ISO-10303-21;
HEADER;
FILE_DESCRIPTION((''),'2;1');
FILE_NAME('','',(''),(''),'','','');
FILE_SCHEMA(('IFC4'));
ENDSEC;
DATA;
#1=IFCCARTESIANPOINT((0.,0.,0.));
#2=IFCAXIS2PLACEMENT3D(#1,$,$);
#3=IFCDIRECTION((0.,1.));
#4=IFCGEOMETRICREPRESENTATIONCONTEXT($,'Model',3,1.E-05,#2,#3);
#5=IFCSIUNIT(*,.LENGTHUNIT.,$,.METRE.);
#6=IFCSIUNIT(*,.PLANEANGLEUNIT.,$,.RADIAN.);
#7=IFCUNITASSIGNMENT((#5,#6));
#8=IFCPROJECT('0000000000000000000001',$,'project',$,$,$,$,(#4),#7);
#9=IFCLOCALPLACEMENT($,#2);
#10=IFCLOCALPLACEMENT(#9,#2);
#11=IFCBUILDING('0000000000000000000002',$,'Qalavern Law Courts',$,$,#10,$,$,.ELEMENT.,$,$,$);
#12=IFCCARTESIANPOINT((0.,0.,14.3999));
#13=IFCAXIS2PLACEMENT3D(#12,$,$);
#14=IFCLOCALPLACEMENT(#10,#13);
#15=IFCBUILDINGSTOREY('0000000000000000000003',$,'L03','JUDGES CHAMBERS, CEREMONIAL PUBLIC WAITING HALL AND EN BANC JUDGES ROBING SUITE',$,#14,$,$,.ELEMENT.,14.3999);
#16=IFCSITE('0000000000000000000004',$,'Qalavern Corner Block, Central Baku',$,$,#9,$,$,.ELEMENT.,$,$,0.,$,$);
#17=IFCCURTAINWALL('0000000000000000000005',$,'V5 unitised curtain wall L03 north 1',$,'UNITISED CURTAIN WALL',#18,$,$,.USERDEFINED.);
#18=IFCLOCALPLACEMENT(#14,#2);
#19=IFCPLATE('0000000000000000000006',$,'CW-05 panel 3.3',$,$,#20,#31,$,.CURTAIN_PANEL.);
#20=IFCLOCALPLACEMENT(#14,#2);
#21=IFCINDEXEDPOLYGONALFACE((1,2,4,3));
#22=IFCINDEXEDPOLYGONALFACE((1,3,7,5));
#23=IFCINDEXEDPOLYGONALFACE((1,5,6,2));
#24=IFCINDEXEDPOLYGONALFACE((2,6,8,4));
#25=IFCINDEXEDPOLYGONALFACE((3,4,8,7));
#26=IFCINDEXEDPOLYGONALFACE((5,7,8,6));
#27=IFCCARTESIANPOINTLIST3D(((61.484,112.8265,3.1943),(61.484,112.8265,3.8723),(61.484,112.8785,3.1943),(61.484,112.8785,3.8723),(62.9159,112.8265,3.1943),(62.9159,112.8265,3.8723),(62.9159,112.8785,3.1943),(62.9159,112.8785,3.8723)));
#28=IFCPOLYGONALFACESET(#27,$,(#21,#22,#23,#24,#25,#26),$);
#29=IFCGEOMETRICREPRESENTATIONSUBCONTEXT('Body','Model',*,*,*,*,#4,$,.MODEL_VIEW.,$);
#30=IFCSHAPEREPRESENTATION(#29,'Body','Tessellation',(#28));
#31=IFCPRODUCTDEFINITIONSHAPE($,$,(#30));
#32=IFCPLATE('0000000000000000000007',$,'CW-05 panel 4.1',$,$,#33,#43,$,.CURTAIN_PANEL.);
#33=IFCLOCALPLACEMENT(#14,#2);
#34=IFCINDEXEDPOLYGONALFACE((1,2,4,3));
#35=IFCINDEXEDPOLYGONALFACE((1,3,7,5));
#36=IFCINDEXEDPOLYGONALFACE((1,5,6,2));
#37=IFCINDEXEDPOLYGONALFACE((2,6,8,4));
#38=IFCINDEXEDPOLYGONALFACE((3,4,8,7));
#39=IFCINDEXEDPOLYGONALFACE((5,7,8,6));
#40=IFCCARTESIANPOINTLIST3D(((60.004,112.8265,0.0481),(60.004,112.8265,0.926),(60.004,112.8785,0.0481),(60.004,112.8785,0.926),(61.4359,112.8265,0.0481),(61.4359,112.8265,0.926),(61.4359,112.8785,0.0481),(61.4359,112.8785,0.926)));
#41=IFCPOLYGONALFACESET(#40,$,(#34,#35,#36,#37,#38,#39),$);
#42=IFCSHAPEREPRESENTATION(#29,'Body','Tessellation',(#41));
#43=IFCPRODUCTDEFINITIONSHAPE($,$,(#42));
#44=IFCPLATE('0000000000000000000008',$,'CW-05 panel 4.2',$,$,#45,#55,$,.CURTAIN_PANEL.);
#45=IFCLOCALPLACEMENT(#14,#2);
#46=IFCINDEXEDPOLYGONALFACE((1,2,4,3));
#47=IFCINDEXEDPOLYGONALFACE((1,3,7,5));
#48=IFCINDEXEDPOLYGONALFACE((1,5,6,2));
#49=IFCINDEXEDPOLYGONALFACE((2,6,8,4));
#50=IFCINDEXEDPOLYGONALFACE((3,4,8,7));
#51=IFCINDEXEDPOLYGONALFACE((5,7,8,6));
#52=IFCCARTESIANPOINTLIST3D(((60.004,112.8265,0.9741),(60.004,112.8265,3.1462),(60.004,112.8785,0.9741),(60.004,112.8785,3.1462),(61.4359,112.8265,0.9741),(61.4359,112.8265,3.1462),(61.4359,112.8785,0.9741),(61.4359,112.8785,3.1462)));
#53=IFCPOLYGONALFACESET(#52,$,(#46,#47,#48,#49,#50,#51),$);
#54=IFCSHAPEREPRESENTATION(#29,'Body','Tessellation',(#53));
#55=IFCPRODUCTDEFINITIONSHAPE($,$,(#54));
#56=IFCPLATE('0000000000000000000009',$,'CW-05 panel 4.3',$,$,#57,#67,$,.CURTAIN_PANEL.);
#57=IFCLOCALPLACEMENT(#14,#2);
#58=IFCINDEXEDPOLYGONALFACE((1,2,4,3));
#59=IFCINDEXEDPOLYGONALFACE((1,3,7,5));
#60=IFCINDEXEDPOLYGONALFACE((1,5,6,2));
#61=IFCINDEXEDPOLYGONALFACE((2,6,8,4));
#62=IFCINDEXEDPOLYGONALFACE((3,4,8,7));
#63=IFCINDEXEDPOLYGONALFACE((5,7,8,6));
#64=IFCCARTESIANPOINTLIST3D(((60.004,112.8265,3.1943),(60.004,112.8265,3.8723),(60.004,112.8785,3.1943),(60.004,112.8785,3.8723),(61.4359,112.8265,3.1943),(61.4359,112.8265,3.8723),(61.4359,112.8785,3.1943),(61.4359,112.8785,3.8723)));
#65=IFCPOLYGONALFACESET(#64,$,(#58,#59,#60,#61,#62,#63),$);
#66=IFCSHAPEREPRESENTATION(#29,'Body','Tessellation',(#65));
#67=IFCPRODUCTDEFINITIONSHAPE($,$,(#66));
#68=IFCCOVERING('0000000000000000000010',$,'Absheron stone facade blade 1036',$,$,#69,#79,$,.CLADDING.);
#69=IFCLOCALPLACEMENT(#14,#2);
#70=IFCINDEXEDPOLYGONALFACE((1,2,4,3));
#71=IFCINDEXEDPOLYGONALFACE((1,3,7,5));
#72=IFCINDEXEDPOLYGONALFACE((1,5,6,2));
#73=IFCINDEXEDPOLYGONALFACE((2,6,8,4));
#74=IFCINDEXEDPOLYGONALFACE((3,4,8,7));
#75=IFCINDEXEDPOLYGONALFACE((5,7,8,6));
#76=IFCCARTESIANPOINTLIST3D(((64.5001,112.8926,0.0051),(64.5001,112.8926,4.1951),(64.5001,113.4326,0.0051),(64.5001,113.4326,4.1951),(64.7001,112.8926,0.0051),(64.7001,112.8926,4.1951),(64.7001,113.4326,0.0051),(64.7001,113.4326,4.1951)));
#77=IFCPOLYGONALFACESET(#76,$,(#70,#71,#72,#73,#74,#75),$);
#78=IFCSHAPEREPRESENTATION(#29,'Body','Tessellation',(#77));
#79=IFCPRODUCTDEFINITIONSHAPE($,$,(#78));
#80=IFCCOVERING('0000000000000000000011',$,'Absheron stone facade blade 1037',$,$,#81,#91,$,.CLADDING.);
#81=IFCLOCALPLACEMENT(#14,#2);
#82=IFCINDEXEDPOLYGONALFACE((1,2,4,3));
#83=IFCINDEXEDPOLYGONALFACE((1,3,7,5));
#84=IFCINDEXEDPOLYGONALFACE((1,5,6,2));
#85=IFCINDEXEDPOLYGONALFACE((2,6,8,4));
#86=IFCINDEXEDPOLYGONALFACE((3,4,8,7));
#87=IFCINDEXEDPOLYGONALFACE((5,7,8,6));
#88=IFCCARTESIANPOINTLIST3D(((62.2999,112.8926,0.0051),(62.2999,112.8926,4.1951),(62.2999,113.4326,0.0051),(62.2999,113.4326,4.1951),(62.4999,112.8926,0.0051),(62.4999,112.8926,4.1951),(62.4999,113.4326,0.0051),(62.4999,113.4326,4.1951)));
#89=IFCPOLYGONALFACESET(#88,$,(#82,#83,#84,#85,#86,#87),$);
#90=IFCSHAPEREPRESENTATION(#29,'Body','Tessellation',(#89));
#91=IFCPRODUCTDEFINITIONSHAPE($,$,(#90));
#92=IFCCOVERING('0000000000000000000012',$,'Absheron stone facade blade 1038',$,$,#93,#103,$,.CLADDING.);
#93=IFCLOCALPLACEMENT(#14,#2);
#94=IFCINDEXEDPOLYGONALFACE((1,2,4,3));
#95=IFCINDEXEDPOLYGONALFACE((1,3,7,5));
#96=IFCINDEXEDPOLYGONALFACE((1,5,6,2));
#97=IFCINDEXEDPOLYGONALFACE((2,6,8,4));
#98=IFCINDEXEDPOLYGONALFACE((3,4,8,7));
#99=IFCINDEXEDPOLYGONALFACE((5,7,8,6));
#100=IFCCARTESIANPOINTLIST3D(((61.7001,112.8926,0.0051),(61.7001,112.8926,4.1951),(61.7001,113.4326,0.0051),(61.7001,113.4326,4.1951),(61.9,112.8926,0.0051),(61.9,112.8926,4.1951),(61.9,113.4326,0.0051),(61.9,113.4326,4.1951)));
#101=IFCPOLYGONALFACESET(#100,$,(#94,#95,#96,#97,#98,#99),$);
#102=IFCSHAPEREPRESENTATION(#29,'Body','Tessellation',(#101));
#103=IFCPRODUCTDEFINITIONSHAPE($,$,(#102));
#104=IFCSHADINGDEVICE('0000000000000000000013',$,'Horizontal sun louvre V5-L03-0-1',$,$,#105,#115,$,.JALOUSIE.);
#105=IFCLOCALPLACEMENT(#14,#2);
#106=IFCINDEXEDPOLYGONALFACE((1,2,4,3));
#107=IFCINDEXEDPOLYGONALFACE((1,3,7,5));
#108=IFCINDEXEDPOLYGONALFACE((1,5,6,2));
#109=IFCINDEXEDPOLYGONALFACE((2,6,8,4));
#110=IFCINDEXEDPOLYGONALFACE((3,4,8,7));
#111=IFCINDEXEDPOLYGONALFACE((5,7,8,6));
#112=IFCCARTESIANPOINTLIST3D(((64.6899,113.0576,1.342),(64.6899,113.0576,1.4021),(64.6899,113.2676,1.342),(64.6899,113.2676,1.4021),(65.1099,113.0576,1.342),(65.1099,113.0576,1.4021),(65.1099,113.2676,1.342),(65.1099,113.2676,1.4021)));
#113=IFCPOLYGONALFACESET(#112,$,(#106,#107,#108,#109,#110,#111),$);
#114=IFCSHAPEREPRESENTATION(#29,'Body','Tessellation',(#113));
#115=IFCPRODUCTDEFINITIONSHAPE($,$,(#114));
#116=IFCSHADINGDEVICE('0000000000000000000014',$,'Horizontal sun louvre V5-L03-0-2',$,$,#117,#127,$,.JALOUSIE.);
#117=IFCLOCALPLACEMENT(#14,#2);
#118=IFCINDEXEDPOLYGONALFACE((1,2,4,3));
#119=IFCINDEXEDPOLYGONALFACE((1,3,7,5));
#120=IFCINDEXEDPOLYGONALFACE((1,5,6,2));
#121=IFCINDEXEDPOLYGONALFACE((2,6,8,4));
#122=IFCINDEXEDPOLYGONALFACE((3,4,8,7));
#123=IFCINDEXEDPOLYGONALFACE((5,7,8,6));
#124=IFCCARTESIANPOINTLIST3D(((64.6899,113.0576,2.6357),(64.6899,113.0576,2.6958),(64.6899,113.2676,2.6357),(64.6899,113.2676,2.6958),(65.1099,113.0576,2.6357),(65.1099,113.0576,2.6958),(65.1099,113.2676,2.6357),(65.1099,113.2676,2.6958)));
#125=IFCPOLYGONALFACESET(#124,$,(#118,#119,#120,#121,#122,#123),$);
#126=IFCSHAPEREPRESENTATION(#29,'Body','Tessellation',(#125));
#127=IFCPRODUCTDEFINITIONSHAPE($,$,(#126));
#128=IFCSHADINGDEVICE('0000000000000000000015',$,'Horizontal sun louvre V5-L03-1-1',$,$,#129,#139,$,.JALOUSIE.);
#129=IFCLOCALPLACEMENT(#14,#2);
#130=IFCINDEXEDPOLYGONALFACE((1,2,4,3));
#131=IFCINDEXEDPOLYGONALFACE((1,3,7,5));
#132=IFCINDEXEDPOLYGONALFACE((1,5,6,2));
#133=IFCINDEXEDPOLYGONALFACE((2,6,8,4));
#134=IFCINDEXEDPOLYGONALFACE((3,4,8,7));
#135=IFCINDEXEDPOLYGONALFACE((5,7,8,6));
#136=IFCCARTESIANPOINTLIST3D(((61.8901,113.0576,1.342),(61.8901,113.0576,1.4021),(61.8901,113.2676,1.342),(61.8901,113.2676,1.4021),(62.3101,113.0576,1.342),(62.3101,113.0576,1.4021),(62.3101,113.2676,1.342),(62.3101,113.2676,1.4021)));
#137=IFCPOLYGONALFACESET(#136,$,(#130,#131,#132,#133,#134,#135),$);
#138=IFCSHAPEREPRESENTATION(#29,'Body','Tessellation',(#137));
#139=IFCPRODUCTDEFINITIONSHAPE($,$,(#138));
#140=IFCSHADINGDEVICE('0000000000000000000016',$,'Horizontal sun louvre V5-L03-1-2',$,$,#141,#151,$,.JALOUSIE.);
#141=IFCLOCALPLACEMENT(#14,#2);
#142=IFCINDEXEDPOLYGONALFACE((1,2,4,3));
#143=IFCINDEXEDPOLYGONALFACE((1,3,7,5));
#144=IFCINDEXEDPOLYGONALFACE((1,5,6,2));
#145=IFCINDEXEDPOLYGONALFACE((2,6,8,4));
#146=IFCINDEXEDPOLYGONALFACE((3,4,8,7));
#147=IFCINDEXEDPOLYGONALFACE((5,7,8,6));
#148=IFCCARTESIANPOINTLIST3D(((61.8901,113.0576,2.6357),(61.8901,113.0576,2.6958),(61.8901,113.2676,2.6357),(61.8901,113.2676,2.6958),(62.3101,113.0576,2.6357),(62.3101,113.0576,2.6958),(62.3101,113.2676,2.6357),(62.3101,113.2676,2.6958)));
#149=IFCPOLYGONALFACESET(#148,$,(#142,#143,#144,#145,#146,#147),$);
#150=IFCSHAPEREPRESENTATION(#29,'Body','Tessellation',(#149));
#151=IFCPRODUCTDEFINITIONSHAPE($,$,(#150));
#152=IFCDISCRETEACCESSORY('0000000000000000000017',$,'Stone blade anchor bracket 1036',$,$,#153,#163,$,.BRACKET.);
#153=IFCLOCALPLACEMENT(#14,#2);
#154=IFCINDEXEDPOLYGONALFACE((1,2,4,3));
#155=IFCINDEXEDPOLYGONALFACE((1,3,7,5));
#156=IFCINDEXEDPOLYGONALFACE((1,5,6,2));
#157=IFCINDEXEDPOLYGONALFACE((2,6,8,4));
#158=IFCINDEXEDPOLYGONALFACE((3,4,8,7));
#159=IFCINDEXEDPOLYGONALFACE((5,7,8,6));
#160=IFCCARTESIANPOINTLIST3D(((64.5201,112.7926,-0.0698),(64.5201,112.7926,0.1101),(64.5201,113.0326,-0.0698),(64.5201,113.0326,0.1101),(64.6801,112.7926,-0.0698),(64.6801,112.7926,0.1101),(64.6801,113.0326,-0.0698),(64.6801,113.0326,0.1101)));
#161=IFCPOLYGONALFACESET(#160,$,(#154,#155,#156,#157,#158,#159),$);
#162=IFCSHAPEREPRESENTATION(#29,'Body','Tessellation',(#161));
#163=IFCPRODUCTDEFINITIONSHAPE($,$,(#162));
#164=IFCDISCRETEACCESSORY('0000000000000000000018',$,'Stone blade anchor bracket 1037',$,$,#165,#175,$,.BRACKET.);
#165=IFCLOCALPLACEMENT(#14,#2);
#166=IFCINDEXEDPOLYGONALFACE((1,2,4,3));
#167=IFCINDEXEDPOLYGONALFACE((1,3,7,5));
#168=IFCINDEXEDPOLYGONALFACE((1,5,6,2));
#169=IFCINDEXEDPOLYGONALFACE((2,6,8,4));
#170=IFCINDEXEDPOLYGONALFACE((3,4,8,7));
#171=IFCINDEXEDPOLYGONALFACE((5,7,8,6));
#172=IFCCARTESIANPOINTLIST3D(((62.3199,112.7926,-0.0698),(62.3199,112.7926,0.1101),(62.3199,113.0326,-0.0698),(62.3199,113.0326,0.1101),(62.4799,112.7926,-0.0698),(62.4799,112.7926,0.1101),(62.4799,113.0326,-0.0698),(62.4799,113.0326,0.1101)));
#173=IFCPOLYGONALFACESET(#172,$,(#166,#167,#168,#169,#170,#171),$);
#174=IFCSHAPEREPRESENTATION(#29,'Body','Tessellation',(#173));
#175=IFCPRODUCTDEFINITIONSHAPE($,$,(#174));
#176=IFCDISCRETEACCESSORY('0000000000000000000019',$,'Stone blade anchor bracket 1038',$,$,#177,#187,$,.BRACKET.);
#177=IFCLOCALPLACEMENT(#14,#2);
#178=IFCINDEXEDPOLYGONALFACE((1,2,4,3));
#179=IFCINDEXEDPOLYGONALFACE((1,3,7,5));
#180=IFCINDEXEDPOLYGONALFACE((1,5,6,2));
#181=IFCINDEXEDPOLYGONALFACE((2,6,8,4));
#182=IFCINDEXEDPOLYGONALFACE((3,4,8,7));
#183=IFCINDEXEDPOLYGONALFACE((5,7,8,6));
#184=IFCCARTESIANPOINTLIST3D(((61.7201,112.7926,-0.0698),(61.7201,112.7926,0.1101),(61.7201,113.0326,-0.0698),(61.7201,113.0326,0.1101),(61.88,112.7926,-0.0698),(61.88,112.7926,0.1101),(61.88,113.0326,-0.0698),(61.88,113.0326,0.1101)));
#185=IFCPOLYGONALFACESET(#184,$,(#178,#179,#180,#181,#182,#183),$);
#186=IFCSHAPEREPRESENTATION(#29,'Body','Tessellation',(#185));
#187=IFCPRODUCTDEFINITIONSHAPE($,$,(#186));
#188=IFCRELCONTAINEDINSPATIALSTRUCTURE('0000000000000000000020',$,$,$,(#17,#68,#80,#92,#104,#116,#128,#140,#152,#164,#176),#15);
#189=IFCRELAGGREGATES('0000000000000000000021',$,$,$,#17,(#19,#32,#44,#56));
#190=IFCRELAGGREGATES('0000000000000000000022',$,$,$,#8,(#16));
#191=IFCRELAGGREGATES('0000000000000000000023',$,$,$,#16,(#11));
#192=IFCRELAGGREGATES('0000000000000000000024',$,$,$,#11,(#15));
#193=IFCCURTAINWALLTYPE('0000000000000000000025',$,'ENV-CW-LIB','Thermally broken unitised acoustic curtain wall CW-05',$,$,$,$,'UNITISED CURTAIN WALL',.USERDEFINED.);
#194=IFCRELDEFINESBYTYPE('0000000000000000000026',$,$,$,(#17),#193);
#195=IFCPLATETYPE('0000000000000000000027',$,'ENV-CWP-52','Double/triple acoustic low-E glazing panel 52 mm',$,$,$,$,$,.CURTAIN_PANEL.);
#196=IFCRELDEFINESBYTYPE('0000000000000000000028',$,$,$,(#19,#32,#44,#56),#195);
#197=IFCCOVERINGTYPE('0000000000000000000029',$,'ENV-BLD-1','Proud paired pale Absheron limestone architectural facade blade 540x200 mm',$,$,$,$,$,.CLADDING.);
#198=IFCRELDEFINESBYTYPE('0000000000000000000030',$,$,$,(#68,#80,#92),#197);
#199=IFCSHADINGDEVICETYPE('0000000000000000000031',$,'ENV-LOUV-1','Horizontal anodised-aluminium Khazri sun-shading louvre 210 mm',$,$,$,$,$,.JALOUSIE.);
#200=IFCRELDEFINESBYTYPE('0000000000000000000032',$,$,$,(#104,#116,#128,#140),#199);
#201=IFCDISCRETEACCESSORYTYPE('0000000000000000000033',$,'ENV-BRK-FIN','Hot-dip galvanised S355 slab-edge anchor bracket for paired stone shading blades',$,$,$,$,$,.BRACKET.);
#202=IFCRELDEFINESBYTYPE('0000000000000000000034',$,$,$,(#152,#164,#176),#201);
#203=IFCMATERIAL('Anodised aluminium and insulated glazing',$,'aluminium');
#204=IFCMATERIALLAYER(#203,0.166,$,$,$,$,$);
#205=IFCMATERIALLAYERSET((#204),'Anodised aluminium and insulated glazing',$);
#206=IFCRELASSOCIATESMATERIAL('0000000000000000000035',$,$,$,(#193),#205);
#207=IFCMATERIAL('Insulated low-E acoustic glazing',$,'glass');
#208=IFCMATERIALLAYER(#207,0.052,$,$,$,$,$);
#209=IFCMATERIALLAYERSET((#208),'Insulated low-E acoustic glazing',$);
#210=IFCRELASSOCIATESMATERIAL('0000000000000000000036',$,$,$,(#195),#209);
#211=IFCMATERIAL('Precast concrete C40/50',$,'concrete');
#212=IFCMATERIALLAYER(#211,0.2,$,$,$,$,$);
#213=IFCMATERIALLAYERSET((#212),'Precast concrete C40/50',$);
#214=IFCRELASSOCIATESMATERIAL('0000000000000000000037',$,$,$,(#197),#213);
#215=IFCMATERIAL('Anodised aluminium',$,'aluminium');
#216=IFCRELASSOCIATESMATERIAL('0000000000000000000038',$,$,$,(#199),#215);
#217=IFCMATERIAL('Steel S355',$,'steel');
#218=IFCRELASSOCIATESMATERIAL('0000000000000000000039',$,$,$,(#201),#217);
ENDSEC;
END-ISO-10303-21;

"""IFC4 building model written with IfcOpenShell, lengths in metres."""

from ifc_helpers import new_model, si_unit, direction, frame, origin, origin_2d, place, context, subcontext, project, spatial, rectangle, extrude, material, layer, layer_set, type_object, element, aggregate, save


model = new_model("IFC4")

# Units and contexts
model_context = context("Model", 3, precision=1e-05, world=origin(), true_north=direction((0.0, 1.0)))
body_context = subcontext(model_context, "Body", "Model", "MODEL_VIEW")
ifc_project = project(units=[si_unit("LENGTHUNIT", "METRE"), si_unit("PLANEANGLEUNIT", "RADIAN")], contexts=[model_context])

# Site, building, storey
site_placement = place(None, origin())
site = spatial("IfcSite", under=ifc_project, at=site_placement, Name="Qalavern Corner Block, Central Baku", CompositionType="ELEMENT", RefElevation=0.0)
building_placement = place(site_placement, origin())
building = spatial("IfcBuilding", under=site, at=building_placement, Name="Qalavern Law Courts", CompositionType="ELEMENT")
storey_placement = place(building_placement, frame((0.0, 0.0, 14.3999)))
storey = spatial("IfcBuildingStorey", under=building, at=storey_placement, Name="L03", Description="JUDGES CHAMBERS, CEREMONIAL PUBLIC WAITING HALL AND EN BANC JUDGES ROBING SUITE", CompositionType="ELEMENT", Elevation=14.3999)

# Curtain wall, plates
ifc_material_1 = material(Name="Anodised aluminium and insulated glazing", Category="aluminium")
ifc_layer_1 = layer(ifc_material_1, 0.166)
ifc_layer_set_1 = layer_set([ifc_layer_1], Name="Anodised aluminium and insulated glazing")
curtain_wall_type = type_object("IfcCurtainWallType", Name="ENV-CW-LIB", Description="Thermally broken unitised acoustic curtain wall CW-05", ElementType="UNITISED CURTAIN WALL", PredefinedType="USERDEFINED", material=ifc_layer_set_1)
curtain_wall_placement = place(storey_placement, origin())
curtain_wall = element("IfcCurtainWall", 1, at=curtain_wall_placement, inside=storey, type_object=curtain_wall_type, Name="V5 unitised curtain wall L03 north 1", ObjectType="UNITISED CURTAIN WALL", PredefinedType="USERDEFINED")
ifc_material_2 = material(Name="Anodised aluminium", Category="aluminium")
ifc_material_3 = material(Name="Insulated low-E acoustic glazing", Category="glass")
ifc_layer_2 = layer(ifc_material_3, 0.052)
ifc_layer_set_2 = layer_set([ifc_layer_2], Name="Insulated low-E acoustic glazing")
plate_type = type_object("IfcPlateType", Name="ENV-CWP-52", Description="Double/triple acoustic low-E glazing panel 52 mm", PredefinedType="CURTAIN_PANEL", material=ifc_layer_set_2)
plate_1_placement = place(storey_placement, frame((62.2, 112.8525, 3.1943), z_axis=(0.0, 0.0, 1.0), x_axis=(-1.0, 0.0, 0.0)))
plate_1 = element("IfcPlate", 2, at=plate_1_placement, type_object=plate_type, Name="CW-05 panel 3.3", PredefinedType="CURTAIN_PANEL", context=body_context, shape_type="SweptSolid", body=[
    extrude(rectangle(XDim=1.4319, YDim=0.052, at=origin_2d()), origin(), (0.0, 0.0, 1.0), 0.678),
])
plate_2_placement = place(storey_placement, frame((60.72, 112.8525, 0.0481), z_axis=(0.0, 0.0, 1.0), x_axis=(-1.0, 0.0, 0.0)))
plate_2 = element("IfcPlate", 3, at=plate_2_placement, type_object=plate_type, Name="CW-05 panel 4.1", PredefinedType="CURTAIN_PANEL", context=body_context, shape_type="SweptSolid", body=[
    extrude(rectangle(XDim=1.4319, YDim=0.052, at=origin_2d()), origin(), (0.0, 0.0, 1.0), 0.8779),
])
plate_3_placement = place(storey_placement, frame((60.72, 112.8525, 0.9741), z_axis=(0.0, 0.0, 1.0), x_axis=(-1.0, 0.0, 0.0)))
plate_3 = element("IfcPlate", 4, at=plate_3_placement, type_object=plate_type, Name="CW-05 panel 4.2", PredefinedType="CURTAIN_PANEL", context=body_context, shape_type="SweptSolid", body=[
    extrude(rectangle(XDim=1.4319, YDim=0.052, at=origin_2d()), origin(), (0.0, 0.0, 1.0), 2.1721),
])
plate_4_placement = place(storey_placement, frame((60.72, 112.8525, 3.1943), z_axis=(0.0, 0.0, 1.0), x_axis=(-1.0, 0.0, 0.0)))
plate_4 = element("IfcPlate", 5, at=plate_4_placement, type_object=plate_type, Name="CW-05 panel 4.3", PredefinedType="CURTAIN_PANEL", context=body_context, shape_type="SweptSolid", body=[
    extrude(rectangle(XDim=1.4319, YDim=0.052, at=origin_2d()), origin(), (0.0, 0.0, 1.0), 0.678),
])
aggregate(curtain_wall, [plate_1, plate_2, plate_3, plate_4])

# Coverings
ifc_material_4 = material(Name="Precast concrete C40/50", Category="concrete")
ifc_layer_3 = layer(ifc_material_4, 0.2)
ifc_layer_set_3 = layer_set([ifc_layer_3], Name="Precast concrete C40/50")
covering_type = type_object("IfcCoveringType", Name="ENV-BLD-1", Description="Proud paired pale Absheron limestone architectural facade blade 540x200 mm", PredefinedType="CLADDING", material=ifc_layer_set_3)
for number, where, z_axis, x_axis, name in (
    (6, (64.6001, 113.1626, 0.0051), (0.0, 0.0, 1.0), (0.0, 1.0, 0.0), "Absheron stone facade blade 1036"),
    (7, (62.3999, 113.1626, 0.0051), (0.0, 0.0, 1.0), (0.0, 1.0, 0.0), "Absheron stone facade blade 1037"),
    (8, (61.8, 113.1626, 0.0051), (0.0, 0.0, 1.0), (0.0, 1.0, 0.0), "Absheron stone facade blade 1038"),
):
    element("IfcCovering", number, at=place(storey_placement, frame(where, z_axis=z_axis, x_axis=x_axis)), inside=storey, type_object=covering_type, Name=name, PredefinedType="CLADDING", context=body_context, shape_type="SweptSolid", body=[
        extrude(rectangle(XDim=0.54, YDim=0.2, at=origin_2d()), origin(), (0.0, 0.0, 1.0), 4.1899),
    ])

# Shading devices
shading_device_type = type_object("IfcShadingDeviceType", Name="ENV-LOUV-1", Description="Horizontal anodised-aluminium Khazri sun-shading louvre 210 mm", PredefinedType="JALOUSIE", material=ifc_material_2)
for number, where, z_axis, x_axis, name in (
    (9, (64.8999, 113.1626, 1.342), (0.0, 0.0, 1.0), (-1.0, 0.0, 0.0), "Horizontal sun louvre V5-L03-0-1"),
    (10, (64.8999, 113.1626, 2.6357), (0.0, 0.0, 1.0), (-1.0, 0.0, 0.0), "Horizontal sun louvre V5-L03-0-2"),
    (11, (62.1001, 113.1626, 1.342), (0.0, 0.0, 1.0), (-1.0, 0.0, 0.0), "Horizontal sun louvre V5-L03-1-1"),
    (12, (62.1001, 113.1626, 2.6357), (0.0, 0.0, 1.0), (-1.0, 0.0, 0.0), "Horizontal sun louvre V5-L03-1-2"),
):
    element("IfcShadingDevice", number, at=place(storey_placement, frame(where, z_axis=z_axis, x_axis=x_axis)), inside=storey, type_object=shading_device_type, Name=name, PredefinedType="JALOUSIE", context=body_context, shape_type="SweptSolid", body=[
        extrude(rectangle(XDim=0.4199, YDim=0.21, at=origin_2d()), origin(), (0.0, 0.0, 1.0), 0.0601),
    ])

# Discrete accessories
ifc_material_5 = material(Name="Steel S355", Category="steel")
discrete_accessory_type = type_object("IfcDiscreteAccessoryType", Name="ENV-BRK-FIN", Description="Hot-dip galvanised S355 slab-edge anchor bracket for paired stone shading blades", PredefinedType="BRACKET", material=ifc_material_5)
for number, where, z_axis, x_axis, name in (
    (13, (64.6001, 112.9126, -0.0698), (0.0, 0.0, 1.0), (0.0, 1.0, 0.0), "Stone blade anchor bracket 1036"),
    (14, (62.3999, 112.9126, -0.0698), (0.0, 0.0, 1.0), (0.0, 1.0, 0.0), "Stone blade anchor bracket 1037"),
    (15, (61.8, 112.9126, -0.0698), (0.0, 0.0, 1.0), (0.0, 1.0, 0.0), "Stone blade anchor bracket 1038"),
):
    element("IfcDiscreteAccessory", number, at=place(storey_placement, frame(where, z_axis=z_axis, x_axis=x_axis)), inside=storey, type_object=discrete_accessory_type, Name=name, PredefinedType="BRACKET", context=body_context, shape_type="SweptSolid", body=[
        extrude(rectangle(XDim=0.24, YDim=0.1599, at=origin_2d()), origin(), (0.0, 0.0, 1.0), 0.1799),
    ])

save(model, "model.ifc")
